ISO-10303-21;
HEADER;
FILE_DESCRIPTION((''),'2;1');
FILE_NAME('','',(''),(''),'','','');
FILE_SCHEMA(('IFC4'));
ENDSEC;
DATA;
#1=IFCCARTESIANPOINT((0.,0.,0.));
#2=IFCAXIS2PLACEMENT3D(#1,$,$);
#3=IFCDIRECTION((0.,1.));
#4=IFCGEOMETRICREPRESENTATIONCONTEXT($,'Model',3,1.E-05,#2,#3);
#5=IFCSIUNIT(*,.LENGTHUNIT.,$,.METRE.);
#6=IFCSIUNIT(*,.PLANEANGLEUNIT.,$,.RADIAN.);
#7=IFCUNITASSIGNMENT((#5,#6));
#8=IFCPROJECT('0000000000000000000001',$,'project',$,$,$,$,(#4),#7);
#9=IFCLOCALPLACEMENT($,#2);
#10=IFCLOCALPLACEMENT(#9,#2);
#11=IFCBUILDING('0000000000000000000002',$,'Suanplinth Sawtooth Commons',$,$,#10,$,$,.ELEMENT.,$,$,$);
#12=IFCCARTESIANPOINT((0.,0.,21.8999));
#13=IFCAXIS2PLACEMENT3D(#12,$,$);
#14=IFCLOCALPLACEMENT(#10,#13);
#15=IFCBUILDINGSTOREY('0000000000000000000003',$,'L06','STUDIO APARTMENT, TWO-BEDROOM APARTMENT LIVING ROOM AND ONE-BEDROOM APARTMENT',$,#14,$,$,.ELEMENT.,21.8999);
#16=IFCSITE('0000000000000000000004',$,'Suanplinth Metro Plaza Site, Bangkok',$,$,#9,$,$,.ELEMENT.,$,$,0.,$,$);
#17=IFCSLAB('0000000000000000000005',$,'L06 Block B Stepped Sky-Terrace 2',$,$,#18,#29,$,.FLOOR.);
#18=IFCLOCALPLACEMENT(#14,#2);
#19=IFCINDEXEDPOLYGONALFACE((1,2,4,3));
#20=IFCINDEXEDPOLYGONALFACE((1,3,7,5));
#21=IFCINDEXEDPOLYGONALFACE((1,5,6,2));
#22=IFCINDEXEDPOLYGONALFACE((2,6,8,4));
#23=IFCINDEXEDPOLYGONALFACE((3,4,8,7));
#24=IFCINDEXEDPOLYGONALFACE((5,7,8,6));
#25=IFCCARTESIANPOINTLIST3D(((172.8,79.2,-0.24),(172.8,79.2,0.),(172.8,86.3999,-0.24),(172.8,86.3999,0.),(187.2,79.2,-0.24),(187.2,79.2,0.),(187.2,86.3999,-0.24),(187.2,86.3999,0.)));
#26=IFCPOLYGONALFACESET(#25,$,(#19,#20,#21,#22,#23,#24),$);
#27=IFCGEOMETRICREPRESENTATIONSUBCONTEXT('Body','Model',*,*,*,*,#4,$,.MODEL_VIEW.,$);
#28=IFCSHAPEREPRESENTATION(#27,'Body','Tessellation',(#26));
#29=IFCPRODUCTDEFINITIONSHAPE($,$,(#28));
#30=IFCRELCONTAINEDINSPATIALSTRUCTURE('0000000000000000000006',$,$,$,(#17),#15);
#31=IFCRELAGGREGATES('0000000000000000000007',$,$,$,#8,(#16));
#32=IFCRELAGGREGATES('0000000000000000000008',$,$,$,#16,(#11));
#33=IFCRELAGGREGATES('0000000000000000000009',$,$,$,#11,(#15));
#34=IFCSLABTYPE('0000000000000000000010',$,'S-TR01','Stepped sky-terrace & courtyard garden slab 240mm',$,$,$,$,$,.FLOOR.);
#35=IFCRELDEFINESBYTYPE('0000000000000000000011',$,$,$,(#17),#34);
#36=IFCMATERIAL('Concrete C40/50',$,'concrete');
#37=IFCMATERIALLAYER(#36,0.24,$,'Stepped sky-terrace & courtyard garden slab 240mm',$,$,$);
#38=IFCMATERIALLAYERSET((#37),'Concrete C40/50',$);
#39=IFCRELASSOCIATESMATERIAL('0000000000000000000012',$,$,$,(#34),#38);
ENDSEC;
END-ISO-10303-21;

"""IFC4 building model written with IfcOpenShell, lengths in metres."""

from ifc_helpers import new_model, si_unit, direction, frame, origin, place, context, subcontext, project, spatial, polyline, outline, extrude, material, layer, layer_set, type_object, element, save


model = new_model("IFC4")

# Units and contexts
model_context = context("Model", 3, precision=1e-05, world=origin(), true_north=direction((0.0, 1.0)))
body_context = subcontext(model_context, "Body", "Model", "MODEL_VIEW")
ifc_project = project(units=[si_unit("LENGTHUNIT", "METRE"), si_unit("PLANEANGLEUNIT", "RADIAN")], contexts=[model_context])

# Site, building, storey
site_placement = place(None, origin())
site = spatial("IfcSite", under=ifc_project, at=site_placement, Name="Suanplinth Metro Plaza Site, Bangkok", CompositionType="ELEMENT", RefElevation=0.0)
building_placement = place(site_placement, origin())
building = spatial("IfcBuilding", under=site, at=building_placement, Name="Suanplinth Sawtooth Commons", CompositionType="ELEMENT")
storey_placement = place(building_placement, frame((0.0, 0.0, 21.8999)))
storey = spatial("IfcBuildingStorey", under=building, at=storey_placement, Name="L06", Description="STUDIO APARTMENT, TWO-BEDROOM APARTMENT LIVING ROOM AND ONE-BEDROOM APARTMENT", CompositionType="ELEMENT", Elevation=21.8999)

# Slab
ifc_material_1 = material(Name="Concrete C40/50", Category="concrete")
ifc_layer_1 = layer(ifc_material_1, 0.24, Name="Stepped sky-terrace & courtyard garden slab 240mm")
ifc_layer_set_1 = layer_set([ifc_layer_1], Name="Concrete C40/50")
slab_type_1 = type_object("IfcSlabType", Name="S-TR01", Description="Stepped sky-terrace & courtyard garden slab 240mm", PredefinedType="FLOOR", material=ifc_layer_set_1)
slab_1_placement = place(storey_placement, frame((0.0, 0.0, -0.24)))
element("IfcSlab", 1, at=slab_1_placement, inside=storey, type_object=slab_type_1, Name="L06 Block B Stepped Sky-Terrace 2", PredefinedType="FLOOR", context=body_context, shape_type="SweptSolid", body=[
    extrude(outline(polyline([(187.2, 79.2), (172.8, 79.2), (172.8, 86.3999), (187.2, 86.3999), (187.2, 79.2)])), origin(), (0.0, 0.0, 1.0), 0.24),
])

save(model, "model.ifc")
